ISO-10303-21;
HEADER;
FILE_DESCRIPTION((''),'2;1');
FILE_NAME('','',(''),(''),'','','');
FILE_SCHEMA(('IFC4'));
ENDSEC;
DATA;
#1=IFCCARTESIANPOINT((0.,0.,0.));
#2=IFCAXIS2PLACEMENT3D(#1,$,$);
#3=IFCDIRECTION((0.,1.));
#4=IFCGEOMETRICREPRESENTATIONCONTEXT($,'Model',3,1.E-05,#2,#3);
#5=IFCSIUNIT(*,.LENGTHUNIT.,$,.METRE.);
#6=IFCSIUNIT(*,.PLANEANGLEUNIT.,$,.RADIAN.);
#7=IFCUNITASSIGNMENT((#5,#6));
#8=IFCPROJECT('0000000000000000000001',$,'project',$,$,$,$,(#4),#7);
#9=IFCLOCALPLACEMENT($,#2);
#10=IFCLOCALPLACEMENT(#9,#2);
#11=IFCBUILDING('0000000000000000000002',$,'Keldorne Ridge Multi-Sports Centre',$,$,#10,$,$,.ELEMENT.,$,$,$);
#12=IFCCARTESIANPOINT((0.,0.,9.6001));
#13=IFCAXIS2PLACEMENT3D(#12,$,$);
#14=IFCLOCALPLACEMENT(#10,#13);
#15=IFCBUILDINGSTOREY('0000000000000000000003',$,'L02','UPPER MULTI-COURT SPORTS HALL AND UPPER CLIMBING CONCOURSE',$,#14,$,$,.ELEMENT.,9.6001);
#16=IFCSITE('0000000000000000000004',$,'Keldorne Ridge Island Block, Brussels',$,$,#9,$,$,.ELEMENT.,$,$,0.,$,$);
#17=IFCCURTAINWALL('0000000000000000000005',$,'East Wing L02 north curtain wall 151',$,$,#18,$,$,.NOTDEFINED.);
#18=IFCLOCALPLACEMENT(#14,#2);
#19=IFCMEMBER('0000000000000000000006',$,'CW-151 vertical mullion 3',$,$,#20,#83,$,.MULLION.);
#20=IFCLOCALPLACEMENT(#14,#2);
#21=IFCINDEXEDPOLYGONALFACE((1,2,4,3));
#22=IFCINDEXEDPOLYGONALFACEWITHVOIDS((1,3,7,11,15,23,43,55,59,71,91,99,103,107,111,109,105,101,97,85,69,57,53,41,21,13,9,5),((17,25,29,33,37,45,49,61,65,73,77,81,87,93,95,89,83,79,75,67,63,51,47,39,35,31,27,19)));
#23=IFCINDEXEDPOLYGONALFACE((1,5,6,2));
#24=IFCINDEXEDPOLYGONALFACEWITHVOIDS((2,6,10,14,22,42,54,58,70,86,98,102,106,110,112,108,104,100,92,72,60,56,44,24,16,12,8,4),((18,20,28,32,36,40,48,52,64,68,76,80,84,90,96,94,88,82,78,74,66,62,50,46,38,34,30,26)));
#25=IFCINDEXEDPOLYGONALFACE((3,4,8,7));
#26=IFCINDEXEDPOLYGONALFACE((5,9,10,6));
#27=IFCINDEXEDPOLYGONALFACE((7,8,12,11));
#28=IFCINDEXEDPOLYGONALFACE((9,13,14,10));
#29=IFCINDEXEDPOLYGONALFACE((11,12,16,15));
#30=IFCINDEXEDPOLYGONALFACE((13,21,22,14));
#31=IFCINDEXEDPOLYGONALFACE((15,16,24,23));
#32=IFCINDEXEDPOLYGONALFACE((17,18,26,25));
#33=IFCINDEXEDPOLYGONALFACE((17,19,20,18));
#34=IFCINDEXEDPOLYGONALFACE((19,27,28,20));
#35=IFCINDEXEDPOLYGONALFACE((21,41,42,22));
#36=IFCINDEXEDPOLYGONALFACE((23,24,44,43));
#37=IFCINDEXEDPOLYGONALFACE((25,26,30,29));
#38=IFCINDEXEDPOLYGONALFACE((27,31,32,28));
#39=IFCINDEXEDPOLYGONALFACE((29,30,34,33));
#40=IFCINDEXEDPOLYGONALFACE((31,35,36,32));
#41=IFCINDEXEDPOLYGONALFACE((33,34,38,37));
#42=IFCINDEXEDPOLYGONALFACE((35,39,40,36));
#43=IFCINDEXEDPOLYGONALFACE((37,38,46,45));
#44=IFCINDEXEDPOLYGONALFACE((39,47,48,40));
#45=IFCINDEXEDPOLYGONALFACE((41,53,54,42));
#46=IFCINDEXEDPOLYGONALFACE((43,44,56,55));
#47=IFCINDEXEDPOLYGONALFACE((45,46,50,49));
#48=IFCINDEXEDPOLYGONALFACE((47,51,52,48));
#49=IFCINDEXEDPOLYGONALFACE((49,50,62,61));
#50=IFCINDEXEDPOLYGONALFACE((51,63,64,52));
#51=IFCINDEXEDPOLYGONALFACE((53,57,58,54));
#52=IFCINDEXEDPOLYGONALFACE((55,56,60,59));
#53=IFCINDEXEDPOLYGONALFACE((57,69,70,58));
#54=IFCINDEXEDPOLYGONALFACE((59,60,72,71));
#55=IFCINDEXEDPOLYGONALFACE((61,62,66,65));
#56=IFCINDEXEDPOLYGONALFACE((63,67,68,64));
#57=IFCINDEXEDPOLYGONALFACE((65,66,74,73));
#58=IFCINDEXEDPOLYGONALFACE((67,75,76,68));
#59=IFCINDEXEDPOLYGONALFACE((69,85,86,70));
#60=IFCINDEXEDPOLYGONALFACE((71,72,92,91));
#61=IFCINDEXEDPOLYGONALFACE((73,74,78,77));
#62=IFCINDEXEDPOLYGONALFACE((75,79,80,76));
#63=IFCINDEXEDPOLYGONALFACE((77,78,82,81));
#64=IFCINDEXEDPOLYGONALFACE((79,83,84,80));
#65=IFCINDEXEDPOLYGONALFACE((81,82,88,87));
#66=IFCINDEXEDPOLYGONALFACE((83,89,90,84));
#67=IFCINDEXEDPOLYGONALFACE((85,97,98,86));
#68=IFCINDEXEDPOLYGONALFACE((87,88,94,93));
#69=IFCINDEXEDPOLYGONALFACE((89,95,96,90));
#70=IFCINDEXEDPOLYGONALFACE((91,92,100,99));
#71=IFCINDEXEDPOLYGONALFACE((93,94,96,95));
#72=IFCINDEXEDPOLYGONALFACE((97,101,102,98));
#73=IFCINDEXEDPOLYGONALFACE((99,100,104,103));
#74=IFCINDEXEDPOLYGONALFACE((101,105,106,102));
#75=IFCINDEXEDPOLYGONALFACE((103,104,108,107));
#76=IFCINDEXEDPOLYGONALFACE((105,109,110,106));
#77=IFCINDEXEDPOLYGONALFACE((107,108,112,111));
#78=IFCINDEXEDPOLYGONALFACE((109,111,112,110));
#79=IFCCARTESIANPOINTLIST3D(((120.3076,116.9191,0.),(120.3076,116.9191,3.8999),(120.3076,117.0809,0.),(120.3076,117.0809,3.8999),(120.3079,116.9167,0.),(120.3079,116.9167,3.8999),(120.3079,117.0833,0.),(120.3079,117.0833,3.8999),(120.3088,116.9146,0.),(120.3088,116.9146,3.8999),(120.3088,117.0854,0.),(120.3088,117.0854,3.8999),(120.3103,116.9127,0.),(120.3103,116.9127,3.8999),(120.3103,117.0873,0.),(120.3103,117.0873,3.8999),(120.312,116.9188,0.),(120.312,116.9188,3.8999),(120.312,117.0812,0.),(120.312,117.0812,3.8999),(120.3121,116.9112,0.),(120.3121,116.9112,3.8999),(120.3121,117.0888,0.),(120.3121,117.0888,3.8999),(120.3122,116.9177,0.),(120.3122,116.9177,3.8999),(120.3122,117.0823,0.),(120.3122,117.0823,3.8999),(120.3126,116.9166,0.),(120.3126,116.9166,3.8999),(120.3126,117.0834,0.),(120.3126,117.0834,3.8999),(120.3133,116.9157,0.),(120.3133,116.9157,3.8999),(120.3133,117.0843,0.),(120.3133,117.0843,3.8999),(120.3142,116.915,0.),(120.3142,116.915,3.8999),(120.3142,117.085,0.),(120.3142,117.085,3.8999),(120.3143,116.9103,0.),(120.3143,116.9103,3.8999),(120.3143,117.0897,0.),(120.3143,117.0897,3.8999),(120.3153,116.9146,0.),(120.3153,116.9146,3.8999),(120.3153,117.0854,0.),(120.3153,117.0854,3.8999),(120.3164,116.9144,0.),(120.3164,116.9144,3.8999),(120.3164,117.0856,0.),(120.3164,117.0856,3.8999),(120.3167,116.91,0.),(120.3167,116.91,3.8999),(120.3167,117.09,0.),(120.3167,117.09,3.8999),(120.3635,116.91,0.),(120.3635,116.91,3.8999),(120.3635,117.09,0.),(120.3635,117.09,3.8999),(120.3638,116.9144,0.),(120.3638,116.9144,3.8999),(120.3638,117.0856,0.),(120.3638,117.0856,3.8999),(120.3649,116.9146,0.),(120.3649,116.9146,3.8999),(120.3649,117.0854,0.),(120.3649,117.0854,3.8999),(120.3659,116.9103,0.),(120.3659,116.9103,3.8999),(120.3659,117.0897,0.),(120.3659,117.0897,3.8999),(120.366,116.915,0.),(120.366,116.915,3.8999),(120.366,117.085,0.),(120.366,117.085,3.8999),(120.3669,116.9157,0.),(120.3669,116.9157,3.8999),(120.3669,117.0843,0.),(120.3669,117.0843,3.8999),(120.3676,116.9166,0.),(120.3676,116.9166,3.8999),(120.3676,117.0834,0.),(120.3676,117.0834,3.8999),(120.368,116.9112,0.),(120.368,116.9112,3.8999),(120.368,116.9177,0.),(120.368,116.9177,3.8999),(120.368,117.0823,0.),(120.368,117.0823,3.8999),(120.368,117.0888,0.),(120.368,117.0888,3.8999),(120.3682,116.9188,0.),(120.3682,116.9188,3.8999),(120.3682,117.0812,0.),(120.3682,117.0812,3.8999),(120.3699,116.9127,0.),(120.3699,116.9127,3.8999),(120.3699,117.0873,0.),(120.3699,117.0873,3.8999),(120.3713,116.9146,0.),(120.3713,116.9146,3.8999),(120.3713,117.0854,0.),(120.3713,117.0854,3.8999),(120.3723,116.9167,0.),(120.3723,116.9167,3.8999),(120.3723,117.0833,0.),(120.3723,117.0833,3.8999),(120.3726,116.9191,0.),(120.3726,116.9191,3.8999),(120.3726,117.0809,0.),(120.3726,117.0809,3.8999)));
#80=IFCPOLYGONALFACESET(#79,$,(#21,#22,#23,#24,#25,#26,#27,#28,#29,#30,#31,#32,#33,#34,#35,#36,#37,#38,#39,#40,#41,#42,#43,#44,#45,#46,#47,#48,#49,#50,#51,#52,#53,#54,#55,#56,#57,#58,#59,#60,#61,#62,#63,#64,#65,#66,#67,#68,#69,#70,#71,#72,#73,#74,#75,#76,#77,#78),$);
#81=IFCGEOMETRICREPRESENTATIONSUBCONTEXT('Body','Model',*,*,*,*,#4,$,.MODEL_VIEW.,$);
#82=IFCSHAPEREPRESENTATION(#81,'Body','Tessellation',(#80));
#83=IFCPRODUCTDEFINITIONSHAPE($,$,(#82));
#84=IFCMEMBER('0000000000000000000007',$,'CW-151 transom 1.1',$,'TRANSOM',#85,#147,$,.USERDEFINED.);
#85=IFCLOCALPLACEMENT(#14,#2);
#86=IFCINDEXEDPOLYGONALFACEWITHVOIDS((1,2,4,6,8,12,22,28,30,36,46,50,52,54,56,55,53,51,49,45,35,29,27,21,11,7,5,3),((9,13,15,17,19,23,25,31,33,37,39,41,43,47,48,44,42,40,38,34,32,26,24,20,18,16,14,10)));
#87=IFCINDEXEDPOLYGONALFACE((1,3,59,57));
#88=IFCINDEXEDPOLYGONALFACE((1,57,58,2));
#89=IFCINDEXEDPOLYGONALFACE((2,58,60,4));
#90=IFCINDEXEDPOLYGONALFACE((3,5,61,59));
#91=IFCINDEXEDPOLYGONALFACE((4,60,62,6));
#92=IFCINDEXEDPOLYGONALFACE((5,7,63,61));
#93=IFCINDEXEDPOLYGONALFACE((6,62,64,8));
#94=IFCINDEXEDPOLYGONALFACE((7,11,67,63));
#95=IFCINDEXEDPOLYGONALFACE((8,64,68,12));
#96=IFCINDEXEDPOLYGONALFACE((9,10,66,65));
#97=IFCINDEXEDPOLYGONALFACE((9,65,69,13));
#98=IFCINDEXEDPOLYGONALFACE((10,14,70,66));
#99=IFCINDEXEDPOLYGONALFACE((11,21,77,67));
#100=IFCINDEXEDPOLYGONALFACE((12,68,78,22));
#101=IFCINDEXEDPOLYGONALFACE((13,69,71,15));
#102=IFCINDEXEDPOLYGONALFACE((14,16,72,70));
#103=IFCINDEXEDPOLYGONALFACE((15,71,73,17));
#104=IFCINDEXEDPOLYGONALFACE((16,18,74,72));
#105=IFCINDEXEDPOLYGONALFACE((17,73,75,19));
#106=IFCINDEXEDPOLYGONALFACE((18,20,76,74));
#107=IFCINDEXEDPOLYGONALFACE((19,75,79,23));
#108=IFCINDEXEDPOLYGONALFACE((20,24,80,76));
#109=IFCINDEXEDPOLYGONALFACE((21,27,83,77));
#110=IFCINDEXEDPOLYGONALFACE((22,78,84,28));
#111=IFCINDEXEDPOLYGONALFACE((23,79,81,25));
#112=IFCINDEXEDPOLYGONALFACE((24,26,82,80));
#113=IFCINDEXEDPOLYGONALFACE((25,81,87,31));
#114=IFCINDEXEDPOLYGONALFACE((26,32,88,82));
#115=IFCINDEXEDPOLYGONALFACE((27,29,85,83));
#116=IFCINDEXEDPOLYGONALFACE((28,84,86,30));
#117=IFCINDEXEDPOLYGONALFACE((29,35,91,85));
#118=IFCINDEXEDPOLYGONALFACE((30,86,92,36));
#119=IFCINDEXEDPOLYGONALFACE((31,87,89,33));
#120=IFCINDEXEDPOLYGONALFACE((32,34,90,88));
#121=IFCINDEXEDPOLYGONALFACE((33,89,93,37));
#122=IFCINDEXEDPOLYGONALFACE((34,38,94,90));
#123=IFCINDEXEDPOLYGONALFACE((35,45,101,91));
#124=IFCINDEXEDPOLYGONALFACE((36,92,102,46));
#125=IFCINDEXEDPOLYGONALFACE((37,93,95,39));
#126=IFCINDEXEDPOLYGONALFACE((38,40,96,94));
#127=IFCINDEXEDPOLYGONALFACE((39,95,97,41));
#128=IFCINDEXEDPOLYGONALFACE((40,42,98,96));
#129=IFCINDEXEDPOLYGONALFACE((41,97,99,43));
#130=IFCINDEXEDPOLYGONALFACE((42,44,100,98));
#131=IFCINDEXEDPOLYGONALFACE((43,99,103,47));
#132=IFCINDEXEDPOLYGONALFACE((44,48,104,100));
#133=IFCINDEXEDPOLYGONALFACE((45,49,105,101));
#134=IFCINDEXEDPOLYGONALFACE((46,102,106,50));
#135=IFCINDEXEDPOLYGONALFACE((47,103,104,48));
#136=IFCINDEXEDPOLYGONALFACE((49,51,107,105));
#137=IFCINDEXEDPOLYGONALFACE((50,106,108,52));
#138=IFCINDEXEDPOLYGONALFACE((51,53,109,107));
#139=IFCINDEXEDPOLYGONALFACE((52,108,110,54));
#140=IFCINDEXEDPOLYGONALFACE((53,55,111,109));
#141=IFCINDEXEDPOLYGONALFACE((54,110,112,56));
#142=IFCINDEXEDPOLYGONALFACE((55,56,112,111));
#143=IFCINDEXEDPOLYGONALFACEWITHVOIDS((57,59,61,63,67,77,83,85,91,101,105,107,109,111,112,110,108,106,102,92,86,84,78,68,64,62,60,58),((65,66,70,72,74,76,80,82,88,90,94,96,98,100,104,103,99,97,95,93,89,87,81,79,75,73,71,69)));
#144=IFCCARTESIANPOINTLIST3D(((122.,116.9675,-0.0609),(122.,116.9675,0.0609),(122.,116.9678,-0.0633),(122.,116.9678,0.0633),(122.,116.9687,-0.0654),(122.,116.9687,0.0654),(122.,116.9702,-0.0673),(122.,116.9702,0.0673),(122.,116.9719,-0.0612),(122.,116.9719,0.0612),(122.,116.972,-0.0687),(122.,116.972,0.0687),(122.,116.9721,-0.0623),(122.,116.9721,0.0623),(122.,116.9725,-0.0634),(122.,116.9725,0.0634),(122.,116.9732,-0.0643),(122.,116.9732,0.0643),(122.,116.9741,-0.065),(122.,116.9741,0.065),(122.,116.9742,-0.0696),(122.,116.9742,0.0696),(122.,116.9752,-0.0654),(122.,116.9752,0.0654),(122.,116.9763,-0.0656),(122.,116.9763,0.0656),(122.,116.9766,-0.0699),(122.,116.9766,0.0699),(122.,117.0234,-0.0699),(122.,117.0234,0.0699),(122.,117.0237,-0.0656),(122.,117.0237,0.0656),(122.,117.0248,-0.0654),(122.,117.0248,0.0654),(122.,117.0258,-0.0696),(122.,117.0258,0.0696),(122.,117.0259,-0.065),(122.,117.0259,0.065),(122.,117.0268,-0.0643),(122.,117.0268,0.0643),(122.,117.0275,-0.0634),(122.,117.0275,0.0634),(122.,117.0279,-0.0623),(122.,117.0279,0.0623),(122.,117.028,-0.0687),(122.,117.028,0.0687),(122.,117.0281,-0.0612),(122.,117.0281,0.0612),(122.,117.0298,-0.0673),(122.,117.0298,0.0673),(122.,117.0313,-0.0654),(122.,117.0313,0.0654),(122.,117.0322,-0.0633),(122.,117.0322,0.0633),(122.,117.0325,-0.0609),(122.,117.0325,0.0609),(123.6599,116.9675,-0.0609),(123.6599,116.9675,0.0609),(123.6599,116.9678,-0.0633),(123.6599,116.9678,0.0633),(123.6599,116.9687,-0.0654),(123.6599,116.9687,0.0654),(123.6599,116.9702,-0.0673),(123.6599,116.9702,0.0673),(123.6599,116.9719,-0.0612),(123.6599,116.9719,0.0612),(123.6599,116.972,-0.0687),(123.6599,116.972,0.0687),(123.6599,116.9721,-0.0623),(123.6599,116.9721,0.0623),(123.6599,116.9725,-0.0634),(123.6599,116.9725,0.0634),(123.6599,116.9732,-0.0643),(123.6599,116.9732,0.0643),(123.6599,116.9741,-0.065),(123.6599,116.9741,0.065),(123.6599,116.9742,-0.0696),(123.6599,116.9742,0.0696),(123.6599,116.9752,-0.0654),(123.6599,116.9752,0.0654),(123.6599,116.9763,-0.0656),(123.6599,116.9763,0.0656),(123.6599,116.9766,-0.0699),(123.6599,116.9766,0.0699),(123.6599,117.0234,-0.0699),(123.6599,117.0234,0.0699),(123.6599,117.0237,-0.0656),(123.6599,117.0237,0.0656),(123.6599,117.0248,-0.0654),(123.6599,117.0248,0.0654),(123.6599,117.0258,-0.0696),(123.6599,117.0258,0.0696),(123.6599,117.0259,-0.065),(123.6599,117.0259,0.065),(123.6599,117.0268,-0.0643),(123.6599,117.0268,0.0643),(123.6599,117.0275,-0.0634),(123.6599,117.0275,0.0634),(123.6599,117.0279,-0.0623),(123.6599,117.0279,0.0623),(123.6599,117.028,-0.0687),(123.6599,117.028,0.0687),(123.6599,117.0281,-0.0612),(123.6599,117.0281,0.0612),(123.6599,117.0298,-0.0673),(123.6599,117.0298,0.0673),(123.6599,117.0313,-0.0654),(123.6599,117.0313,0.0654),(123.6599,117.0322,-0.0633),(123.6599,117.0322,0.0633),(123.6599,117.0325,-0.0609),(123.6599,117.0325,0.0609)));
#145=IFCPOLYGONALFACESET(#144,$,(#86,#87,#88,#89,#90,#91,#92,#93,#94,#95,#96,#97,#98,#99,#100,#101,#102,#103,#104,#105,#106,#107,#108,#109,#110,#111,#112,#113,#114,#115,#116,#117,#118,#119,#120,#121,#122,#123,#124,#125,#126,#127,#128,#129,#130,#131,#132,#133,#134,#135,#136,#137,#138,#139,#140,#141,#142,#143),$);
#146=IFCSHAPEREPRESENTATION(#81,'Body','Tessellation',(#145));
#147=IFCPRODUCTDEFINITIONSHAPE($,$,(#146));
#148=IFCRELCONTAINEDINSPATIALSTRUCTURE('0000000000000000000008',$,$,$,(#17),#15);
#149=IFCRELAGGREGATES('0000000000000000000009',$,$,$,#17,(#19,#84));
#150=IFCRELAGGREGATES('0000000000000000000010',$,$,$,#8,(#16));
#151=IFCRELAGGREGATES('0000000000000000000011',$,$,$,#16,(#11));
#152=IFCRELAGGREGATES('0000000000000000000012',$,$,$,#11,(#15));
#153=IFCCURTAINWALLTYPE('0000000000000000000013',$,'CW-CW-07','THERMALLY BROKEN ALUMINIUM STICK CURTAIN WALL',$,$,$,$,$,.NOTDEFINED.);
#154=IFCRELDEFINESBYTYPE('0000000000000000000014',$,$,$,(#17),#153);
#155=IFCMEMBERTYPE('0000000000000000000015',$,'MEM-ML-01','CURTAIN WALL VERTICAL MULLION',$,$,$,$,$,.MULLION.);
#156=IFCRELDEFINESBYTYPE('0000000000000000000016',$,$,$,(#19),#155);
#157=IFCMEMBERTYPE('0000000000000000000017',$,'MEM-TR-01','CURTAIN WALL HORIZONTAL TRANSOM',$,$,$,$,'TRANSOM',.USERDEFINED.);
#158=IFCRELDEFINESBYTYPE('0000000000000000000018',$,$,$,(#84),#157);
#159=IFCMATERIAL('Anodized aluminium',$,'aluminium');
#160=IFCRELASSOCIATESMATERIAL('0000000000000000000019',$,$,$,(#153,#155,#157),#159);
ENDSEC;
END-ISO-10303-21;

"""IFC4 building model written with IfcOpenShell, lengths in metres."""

from ifc_helpers import new_model, si_unit, direction, frame, origin, origin_2d, place, context, subcontext, project, spatial, hollow_rectangle, extrude, material, material_profile, profile_set, type_object, element, aggregate, save


model = new_model("IFC4")

# Units and contexts
model_context = context("Model", 3, precision=1e-05, world=origin(), true_north=direction((0.0, 1.0)))
body_context = subcontext(model_context, "Body", "Model", "MODEL_VIEW")
ifc_project = project(units=[si_unit("LENGTHUNIT", "METRE"), si_unit("PLANEANGLEUNIT", "RADIAN")], contexts=[model_context])

# Site, building, storey
site_placement = place(None, origin())
site = spatial("IfcSite", under=ifc_project, at=site_placement, Name="Keldorne Ridge Island Block, Brussels", CompositionType="ELEMENT", RefElevation=0.0)
building_placement = place(site_placement, origin())
building = spatial("IfcBuilding", under=site, at=building_placement, Name="Keldorne Ridge Multi-Sports Centre", CompositionType="ELEMENT")
storey_placement = place(building_placement, frame((0.0, 0.0, 9.6001)))
storey = spatial("IfcBuildingStorey", under=building, at=storey_placement, Name="L02", Description="UPPER MULTI-COURT SPORTS HALL AND UPPER CLIMBING CONCOURSE", CompositionType="ELEMENT", Elevation=9.6001)

# Curtain wall, members
ifc_material_1 = material(Name="Anodized aluminium", Category="aluminium")
curtain_wall_type = type_object("IfcCurtainWallType", Name="CW-CW-07", Description="THERMALLY BROKEN ALUMINIUM STICK CURTAIN WALL", PredefinedType="NOTDEFINED", material=ifc_material_1)
curtain_wall_placement = place(storey_placement, origin())
curtain_wall = element("IfcCurtainWall", 1, at=curtain_wall_placement, inside=storey, type_object=curtain_wall_type, Name="East Wing L02 north curtain wall 151", PredefinedType="NOTDEFINED")
ifc_material_profile_1 = material_profile(ifc_material_1, hollow_rectangle(XDim=0.0649, YDim=0.1799, WallThickness=0.0044, InnerFilletRadius=0.0044, OuterFilletRadius=0.009, at=origin_2d()), Name="ALU MULLION 180x65x4.5")
ifc_profile_set_1 = profile_set([ifc_material_profile_1], Name="Anodized aluminium")
member_type_1 = type_object("IfcMemberType", Name="MEM-ML-01", Description="CURTAIN WALL VERTICAL MULLION", PredefinedType="MULLION", material=ifc_profile_set_1)
member_1_placement = place(storey_placement, frame((120.3401, 117.0, 0.0), z_axis=(0.0, 0.0, 1.0), x_axis=(1.0, 0.0, 0.0)))
member_1 = element("IfcMember", 2, at=member_1_placement, type_object=member_type_1, Name="CW-151 vertical mullion 3", PredefinedType="MULLION", context=body_context, shape_type="SweptSolid", body=[
    extrude(hollow_rectangle(XDim=0.0649, YDim=0.1799, WallThickness=0.0044, InnerFilletRadius=0.0044, OuterFilletRadius=0.009, at=origin_2d()), origin(), (0.0, 0.0, 1.0), 3.8999),
])
ifc_material_profile_2 = material_profile(ifc_material_1, hollow_rectangle(XDim=0.0649, YDim=0.1399, WallThickness=0.0044, InnerFilletRadius=0.0044, OuterFilletRadius=0.009, at=origin_2d()), Name="ALU TRANSOM 140x65x4.5")
ifc_profile_set_2 = profile_set([ifc_material_profile_2], Name="Anodized aluminium")
member_type_2 = type_object("IfcMemberType", Name="MEM-TR-01", Description="CURTAIN WALL HORIZONTAL TRANSOM", ElementType="TRANSOM", PredefinedType="USERDEFINED", material=ifc_profile_set_2)
member_2_placement = place(storey_placement, frame((123.6599, 117.0, 0.0), z_axis=(-1.0, 0.0, 0.0), x_axis=(0.0, -1.0, 0.0)))
member_2 = element("IfcMember", 3, at=member_2_placement, type_object=member_type_2, Name="CW-151 transom 1.1", ObjectType="TRANSOM", PredefinedType="USERDEFINED", context=body_context, shape_type="SweptSolid", body=[
    extrude(hollow_rectangle(XDim=0.0649, YDim=0.1399, WallThickness=0.0044, InnerFilletRadius=0.0044, OuterFilletRadius=0.009, at=origin_2d()), origin(), (0.0, 0.0, 1.0), 1.6599),
])
aggregate(curtain_wall, [member_1, member_2])

save(model, "model.ifc")
